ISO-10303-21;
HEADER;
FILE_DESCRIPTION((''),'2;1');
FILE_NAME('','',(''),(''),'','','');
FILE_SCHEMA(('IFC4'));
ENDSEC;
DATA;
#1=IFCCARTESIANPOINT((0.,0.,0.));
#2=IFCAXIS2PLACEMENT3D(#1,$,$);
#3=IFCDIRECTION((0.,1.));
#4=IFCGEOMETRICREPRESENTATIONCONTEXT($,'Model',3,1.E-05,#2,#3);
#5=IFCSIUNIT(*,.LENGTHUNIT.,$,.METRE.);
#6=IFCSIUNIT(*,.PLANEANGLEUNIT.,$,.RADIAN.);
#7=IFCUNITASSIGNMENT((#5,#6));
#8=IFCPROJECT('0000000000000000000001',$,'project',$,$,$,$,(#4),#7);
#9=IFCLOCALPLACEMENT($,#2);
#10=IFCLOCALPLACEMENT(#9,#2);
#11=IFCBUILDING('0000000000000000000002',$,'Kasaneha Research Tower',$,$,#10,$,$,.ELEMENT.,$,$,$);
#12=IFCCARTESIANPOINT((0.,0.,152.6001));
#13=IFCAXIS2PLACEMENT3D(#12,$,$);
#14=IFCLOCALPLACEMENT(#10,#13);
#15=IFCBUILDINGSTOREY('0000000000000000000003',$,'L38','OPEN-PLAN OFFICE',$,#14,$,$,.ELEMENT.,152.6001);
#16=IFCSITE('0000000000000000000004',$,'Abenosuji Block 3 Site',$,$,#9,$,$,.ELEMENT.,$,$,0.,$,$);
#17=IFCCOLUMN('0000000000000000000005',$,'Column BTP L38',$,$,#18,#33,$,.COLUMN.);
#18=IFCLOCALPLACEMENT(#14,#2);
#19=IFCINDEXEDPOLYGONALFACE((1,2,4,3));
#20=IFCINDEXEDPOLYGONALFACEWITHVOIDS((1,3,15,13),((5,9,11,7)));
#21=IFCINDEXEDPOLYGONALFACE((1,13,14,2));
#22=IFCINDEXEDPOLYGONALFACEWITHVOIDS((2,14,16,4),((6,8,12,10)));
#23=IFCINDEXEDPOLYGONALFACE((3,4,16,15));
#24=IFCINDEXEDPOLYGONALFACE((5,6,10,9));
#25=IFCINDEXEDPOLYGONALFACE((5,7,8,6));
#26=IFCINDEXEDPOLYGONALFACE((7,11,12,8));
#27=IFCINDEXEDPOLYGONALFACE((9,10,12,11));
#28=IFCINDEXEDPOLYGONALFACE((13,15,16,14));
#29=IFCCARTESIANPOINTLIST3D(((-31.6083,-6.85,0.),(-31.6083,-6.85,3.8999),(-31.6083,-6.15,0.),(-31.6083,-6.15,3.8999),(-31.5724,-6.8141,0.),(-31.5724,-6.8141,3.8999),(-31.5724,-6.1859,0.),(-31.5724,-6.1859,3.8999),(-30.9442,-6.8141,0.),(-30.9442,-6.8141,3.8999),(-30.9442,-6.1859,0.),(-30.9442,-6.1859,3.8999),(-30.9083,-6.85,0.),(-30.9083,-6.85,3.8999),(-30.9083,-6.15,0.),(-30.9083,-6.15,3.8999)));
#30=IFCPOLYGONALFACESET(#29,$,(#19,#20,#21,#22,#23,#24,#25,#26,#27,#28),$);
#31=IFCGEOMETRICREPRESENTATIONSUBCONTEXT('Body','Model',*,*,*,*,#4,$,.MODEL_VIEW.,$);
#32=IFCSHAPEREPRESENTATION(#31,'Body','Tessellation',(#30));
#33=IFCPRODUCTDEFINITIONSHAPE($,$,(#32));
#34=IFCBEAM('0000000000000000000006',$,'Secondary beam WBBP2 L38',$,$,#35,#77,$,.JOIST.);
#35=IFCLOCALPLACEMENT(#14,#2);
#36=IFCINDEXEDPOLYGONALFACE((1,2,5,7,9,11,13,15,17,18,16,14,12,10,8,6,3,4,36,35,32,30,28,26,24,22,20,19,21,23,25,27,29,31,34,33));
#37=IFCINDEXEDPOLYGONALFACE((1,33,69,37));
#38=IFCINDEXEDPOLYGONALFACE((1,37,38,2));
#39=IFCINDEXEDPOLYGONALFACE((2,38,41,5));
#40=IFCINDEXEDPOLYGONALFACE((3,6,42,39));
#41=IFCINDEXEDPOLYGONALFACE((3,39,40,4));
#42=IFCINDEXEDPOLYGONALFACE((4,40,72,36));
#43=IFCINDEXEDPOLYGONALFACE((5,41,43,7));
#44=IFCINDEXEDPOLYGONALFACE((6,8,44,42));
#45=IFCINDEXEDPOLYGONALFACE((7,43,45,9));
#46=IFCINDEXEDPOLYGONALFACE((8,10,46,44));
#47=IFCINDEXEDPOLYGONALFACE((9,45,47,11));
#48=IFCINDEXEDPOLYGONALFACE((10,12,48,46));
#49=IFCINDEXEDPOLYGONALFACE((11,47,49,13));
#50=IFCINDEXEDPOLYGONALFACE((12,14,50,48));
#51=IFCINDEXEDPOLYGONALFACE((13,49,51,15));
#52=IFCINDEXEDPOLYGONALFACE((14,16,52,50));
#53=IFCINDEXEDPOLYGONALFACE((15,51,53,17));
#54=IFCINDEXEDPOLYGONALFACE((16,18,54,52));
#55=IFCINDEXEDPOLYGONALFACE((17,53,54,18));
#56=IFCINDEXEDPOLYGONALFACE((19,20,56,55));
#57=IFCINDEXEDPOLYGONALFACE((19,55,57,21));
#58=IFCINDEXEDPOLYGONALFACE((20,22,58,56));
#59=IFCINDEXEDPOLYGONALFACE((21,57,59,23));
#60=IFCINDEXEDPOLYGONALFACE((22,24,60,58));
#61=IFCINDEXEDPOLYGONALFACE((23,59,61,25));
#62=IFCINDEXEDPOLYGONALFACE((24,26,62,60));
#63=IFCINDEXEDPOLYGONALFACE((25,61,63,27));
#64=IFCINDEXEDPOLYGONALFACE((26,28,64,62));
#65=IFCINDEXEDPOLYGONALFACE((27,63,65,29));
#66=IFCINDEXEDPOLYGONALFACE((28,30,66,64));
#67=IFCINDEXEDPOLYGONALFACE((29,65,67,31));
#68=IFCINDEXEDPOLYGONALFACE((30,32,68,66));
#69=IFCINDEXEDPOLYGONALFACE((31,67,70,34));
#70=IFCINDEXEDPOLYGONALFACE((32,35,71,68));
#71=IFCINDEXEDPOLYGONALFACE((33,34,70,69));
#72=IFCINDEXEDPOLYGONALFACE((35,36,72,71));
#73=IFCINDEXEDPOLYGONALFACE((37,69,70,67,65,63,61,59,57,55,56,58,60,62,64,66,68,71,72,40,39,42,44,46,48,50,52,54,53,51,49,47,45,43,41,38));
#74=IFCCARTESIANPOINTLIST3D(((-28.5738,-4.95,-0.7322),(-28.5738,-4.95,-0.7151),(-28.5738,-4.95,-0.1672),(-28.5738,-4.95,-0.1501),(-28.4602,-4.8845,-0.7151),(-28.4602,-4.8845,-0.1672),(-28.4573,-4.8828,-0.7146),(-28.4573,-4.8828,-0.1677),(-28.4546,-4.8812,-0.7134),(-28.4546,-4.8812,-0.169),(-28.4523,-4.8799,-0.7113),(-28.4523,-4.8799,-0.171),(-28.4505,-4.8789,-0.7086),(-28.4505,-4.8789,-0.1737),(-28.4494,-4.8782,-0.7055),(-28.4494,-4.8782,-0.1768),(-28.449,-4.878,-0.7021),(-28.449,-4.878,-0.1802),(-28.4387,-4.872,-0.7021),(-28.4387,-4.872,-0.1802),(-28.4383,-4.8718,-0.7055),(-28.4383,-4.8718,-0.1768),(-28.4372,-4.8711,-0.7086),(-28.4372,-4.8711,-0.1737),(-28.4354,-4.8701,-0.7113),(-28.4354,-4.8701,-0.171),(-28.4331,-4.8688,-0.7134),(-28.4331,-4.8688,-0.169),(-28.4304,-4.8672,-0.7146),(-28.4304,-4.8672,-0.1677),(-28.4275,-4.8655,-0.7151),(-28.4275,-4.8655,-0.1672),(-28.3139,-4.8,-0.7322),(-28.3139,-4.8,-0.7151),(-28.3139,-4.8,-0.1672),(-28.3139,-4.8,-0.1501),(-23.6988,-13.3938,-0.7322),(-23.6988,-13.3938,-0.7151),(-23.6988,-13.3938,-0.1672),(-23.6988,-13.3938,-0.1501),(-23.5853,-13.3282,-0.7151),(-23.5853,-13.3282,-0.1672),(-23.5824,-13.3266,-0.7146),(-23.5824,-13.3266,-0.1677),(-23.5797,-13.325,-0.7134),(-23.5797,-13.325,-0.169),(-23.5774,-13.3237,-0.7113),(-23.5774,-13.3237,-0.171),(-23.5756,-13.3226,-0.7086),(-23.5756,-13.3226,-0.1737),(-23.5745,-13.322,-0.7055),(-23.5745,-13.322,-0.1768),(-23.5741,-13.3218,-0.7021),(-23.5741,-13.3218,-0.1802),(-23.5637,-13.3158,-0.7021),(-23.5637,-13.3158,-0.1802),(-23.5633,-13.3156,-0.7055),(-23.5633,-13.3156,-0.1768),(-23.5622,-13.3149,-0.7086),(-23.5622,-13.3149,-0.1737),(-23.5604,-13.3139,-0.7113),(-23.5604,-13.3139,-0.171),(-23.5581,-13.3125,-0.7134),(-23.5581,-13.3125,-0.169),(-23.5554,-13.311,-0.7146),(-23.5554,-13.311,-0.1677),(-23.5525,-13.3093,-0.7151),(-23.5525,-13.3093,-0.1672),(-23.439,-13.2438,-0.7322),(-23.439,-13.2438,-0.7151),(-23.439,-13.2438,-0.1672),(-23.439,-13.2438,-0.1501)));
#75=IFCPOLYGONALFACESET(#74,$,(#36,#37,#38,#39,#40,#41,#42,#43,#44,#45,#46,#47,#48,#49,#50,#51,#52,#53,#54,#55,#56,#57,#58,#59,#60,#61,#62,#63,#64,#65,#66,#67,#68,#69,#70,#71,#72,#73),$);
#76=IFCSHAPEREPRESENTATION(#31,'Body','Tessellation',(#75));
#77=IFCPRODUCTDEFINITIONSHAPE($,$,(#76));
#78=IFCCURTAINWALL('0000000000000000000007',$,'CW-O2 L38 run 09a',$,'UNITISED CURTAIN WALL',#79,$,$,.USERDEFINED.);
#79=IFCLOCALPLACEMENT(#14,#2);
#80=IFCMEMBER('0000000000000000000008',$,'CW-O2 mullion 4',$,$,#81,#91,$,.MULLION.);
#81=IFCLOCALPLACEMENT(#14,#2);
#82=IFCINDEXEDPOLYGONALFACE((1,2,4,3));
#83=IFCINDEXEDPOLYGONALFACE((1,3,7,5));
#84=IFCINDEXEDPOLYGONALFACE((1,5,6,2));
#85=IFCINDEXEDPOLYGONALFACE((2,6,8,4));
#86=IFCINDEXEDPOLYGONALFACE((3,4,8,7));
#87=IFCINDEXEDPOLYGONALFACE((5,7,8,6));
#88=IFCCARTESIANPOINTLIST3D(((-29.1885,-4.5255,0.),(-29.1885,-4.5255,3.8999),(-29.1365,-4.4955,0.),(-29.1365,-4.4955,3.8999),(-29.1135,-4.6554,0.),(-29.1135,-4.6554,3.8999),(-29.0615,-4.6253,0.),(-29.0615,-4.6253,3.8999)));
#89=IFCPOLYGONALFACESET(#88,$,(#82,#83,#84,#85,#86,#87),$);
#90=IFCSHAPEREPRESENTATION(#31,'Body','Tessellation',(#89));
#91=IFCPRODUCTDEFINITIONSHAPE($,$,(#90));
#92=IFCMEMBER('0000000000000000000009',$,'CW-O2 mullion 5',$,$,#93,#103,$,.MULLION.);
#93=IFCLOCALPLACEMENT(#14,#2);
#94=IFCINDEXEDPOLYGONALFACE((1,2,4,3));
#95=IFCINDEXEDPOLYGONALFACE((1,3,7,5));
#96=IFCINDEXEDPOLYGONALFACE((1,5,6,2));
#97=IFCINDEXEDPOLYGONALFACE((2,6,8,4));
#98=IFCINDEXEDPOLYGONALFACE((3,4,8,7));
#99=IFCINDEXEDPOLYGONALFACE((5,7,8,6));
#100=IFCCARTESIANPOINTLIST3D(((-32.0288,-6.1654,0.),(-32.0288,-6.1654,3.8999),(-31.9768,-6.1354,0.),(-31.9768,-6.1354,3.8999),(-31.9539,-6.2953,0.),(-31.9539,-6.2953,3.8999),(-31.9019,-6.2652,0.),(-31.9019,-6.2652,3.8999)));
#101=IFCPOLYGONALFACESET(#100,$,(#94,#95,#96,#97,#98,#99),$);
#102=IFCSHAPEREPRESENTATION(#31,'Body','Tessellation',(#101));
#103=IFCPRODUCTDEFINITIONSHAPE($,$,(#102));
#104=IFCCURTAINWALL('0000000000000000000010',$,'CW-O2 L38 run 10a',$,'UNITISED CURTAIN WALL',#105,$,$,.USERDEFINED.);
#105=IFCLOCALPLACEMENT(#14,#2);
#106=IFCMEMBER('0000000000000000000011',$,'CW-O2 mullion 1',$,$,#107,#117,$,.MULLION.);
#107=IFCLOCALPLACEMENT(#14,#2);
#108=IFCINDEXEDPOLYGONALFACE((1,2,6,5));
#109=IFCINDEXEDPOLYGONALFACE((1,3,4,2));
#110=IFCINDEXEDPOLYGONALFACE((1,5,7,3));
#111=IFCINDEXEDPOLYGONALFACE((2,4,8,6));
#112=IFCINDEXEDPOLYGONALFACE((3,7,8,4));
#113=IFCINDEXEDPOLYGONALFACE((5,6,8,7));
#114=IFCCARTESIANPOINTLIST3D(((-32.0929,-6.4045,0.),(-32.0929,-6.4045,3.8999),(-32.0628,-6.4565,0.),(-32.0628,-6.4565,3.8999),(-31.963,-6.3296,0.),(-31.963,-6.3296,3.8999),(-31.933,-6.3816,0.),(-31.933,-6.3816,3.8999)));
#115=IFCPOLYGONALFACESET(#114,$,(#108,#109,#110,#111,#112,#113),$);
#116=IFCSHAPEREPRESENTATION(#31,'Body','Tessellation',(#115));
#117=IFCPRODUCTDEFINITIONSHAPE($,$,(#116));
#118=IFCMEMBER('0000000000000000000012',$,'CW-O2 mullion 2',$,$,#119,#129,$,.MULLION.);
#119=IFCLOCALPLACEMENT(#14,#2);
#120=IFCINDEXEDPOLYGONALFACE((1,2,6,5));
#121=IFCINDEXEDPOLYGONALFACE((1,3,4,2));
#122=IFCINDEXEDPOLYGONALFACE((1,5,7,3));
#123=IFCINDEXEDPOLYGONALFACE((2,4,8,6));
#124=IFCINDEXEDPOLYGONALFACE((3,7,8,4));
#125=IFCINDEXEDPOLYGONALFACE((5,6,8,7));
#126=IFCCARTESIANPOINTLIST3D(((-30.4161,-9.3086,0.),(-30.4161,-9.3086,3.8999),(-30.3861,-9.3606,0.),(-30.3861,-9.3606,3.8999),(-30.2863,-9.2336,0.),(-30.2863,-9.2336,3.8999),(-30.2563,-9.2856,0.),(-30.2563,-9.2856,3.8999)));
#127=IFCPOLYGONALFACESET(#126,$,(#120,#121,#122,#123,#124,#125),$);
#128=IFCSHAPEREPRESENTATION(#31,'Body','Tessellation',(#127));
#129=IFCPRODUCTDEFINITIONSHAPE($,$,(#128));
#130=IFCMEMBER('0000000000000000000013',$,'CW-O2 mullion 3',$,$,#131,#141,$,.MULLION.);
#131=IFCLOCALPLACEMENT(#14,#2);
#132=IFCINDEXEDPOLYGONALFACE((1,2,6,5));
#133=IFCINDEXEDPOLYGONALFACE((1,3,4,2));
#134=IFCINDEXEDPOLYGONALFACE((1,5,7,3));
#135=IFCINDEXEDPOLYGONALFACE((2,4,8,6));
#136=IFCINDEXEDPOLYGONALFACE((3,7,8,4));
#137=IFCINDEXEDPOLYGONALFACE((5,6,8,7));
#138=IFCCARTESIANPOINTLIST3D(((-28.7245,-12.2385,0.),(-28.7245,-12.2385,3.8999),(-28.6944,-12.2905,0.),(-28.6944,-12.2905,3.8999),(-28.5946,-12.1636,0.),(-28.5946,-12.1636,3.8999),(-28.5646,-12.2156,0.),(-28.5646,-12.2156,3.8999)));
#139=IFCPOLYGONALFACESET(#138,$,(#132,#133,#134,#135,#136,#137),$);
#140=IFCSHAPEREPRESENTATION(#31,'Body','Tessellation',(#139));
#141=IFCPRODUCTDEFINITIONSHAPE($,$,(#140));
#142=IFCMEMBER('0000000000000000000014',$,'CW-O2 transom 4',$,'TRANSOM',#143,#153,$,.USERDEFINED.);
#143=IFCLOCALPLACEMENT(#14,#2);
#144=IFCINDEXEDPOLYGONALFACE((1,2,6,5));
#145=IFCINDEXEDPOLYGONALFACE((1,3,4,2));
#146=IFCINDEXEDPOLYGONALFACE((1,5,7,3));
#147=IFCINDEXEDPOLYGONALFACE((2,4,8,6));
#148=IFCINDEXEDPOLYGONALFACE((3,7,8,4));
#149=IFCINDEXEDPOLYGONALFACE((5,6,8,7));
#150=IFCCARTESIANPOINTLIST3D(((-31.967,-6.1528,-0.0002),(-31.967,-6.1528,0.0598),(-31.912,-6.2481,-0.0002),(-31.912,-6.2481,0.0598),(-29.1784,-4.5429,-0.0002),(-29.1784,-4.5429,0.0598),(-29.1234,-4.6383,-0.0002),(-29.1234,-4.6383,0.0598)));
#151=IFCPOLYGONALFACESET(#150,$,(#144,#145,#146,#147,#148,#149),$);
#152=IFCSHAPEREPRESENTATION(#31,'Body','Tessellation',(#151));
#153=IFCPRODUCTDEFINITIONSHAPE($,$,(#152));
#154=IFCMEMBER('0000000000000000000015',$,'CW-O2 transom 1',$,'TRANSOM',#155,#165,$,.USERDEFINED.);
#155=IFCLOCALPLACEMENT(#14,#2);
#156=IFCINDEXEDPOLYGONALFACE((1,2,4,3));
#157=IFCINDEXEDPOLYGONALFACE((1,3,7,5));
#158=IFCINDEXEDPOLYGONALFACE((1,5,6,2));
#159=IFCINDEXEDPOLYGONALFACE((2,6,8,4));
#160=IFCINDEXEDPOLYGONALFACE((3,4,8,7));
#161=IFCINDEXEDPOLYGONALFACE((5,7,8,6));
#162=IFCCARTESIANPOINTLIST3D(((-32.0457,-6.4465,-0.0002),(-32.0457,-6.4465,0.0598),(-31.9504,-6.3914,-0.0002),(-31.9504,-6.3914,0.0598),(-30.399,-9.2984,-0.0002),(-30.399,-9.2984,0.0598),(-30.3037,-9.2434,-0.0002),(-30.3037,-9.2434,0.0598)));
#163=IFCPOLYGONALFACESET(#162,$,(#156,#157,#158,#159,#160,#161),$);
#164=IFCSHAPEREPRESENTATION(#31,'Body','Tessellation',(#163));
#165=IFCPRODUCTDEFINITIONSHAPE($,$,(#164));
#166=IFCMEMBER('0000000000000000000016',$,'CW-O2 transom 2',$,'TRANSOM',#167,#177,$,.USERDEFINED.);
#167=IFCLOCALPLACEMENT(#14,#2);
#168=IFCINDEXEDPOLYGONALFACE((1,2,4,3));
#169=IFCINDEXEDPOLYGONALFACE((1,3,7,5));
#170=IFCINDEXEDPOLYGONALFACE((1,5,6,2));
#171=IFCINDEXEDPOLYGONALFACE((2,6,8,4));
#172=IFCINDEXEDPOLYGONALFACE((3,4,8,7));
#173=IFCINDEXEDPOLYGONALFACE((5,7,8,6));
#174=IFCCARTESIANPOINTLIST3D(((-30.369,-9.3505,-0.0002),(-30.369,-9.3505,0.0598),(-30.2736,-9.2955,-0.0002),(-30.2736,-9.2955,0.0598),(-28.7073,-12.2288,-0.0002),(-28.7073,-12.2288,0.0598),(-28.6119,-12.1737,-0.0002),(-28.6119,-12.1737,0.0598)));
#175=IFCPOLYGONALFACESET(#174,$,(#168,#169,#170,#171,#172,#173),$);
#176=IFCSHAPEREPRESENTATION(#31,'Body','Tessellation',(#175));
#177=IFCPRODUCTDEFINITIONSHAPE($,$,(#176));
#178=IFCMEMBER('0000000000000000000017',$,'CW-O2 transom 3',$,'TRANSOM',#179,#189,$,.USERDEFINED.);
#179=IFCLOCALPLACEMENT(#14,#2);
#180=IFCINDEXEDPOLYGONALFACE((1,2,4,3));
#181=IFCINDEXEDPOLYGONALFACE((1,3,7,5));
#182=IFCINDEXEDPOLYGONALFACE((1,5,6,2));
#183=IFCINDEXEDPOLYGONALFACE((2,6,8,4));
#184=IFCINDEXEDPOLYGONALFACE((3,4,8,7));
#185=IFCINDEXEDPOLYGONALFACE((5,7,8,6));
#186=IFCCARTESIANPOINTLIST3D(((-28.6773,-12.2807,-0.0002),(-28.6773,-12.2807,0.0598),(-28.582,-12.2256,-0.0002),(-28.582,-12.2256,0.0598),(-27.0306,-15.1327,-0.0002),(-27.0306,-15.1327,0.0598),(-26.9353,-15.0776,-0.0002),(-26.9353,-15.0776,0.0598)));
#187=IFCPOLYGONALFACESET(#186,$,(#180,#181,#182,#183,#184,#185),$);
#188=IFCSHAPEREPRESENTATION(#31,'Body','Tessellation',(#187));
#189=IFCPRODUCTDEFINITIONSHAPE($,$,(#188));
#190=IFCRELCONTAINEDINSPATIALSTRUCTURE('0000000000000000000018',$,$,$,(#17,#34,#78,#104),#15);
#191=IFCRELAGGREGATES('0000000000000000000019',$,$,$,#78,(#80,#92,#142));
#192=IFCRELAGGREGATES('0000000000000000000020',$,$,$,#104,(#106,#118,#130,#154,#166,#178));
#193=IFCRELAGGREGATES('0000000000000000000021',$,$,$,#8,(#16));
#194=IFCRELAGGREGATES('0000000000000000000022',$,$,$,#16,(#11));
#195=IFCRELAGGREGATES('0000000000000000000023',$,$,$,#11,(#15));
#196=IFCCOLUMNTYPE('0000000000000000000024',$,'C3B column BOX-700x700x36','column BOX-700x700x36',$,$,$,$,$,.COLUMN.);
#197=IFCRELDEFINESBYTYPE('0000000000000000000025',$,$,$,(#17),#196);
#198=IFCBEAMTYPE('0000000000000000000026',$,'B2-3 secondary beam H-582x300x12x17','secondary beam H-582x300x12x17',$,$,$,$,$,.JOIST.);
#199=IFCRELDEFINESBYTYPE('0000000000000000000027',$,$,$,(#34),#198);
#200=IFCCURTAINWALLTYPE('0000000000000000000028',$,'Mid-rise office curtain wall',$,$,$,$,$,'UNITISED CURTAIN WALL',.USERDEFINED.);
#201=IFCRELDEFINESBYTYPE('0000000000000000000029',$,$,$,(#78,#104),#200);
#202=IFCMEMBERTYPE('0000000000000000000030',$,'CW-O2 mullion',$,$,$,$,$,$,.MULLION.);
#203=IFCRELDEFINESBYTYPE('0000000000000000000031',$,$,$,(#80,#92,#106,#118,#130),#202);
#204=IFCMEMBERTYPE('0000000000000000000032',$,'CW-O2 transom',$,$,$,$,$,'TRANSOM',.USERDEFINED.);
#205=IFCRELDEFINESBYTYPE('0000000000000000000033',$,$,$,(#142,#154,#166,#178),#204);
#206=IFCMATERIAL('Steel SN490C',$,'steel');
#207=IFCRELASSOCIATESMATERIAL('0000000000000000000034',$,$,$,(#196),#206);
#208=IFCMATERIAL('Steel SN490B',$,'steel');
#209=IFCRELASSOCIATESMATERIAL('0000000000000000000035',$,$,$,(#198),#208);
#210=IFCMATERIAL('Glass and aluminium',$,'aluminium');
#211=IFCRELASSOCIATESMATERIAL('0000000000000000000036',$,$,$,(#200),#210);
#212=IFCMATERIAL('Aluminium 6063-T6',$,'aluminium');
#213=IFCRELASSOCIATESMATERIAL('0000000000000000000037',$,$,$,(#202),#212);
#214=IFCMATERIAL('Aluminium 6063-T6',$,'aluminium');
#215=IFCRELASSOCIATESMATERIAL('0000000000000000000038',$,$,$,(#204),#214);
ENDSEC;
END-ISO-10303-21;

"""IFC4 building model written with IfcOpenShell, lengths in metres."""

from ifc_helpers import new_model, si_unit, direction, frame, origin, origin_2d, place, context, subcontext, project, spatial, rectangle, hollow_rectangle, i_section, extrude, material, material_profile, profile_set, type_object, element, aggregate, save


model = new_model("IFC4")

# Units and contexts
model_context = context("Model", 3, precision=1e-05, world=origin(), true_north=direction((0.0, 1.0)))
body_context = subcontext(model_context, "Body", "Model", "MODEL_VIEW")
ifc_project = project(units=[si_unit("LENGTHUNIT", "METRE"), si_unit("PLANEANGLEUNIT", "RADIAN")], contexts=[model_context])

# Site, building, storey
site_placement = place(None, origin())
site = spatial("IfcSite", under=ifc_project, at=site_placement, Name="Abenosuji Block 3 Site", CompositionType="ELEMENT", RefElevation=0.0)
building_placement = place(site_placement, origin())
building = spatial("IfcBuilding", under=site, at=building_placement, Name="Kasaneha Research Tower", CompositionType="ELEMENT")
storey_placement = place(building_placement, frame((0.0, 0.0, 152.6001)))
storey = spatial("IfcBuildingStorey", under=building, at=storey_placement, Name="L38", Description="OPEN-PLAN OFFICE", CompositionType="ELEMENT", Elevation=152.6001)

# Column
ifc_material_1 = material(Name="Steel SN490C", Category="steel")
ifc_material_profile_1 = material_profile(ifc_material_1, hollow_rectangle(XDim=0.7, YDim=0.7, WallThickness=0.0359, at=origin_2d()), Name="BOX-700x700x36")
ifc_profile_set_1 = profile_set([ifc_material_profile_1], Name="Steel SN490C")
column_type = type_object("IfcColumnType", Name="C3B column BOX-700x700x36", Description="column BOX-700x700x36", PredefinedType="COLUMN", material=ifc_profile_set_1)
column_placement = place(storey_placement, frame((-31.2583, -6.5, 0.0), z_axis=(0.0, 0.0, 1.0), x_axis=(1.0, 0.0, 0.0)))
element("IfcColumn", 1, at=column_placement, inside=storey, type_object=column_type, Name="Column BTP L38", PredefinedType="COLUMN", context=body_context, shape_type="SweptSolid", body=[
    extrude(hollow_rectangle(XDim=0.7, YDim=0.7, WallThickness=0.0359, at=origin_2d()), origin(), (0.0, 0.0, 1.0), 3.8999),
])

# Beam
ifc_material_2 = material(Name="Steel SN490B", Category="steel")
ifc_material_profile_2 = material_profile(ifc_material_2, i_section(OverallWidth=0.3, OverallDepth=0.582, WebThickness=0.012, FlangeThickness=0.0171, FilletRadius=0.0129, at=origin_2d()), Name="H-582x300x12x17")
ifc_profile_set_2 = profile_set([ifc_material_profile_2], Name="Steel SN490B")
beam_type_1 = type_object("IfcBeamType", Name="B2-3 secondary beam H-582x300x12x17", Description="secondary beam H-582x300x12x17", PredefinedType="JOIST", material=ifc_profile_set_2)
beam_1_placement = place(storey_placement, frame((-28.4438, -4.875, -0.4412), z_axis=(0.499996, -0.866028, 0.0), x_axis=(0.866028, 0.499996, 0.0)))
element("IfcBeam", 2, at=beam_1_placement, inside=storey, type_object=beam_type_1, Name="Secondary beam WBBP2 L38", PredefinedType="JOIST", context=body_context, shape_type="SweptSolid", body=[
    extrude(i_section(OverallWidth=0.3, OverallDepth=0.582, WebThickness=0.012, FlangeThickness=0.0171, FilletRadius=0.0129, at=origin_2d()), origin(), (0.0, 0.0, 1.0), 9.75),
])

# Curtain walls, members
ifc_material_3 = material(Name="Glass and aluminium", Category="aluminium")
curtain_wall_type = type_object("IfcCurtainWallType", Name="Mid-rise office curtain wall", ElementType="UNITISED CURTAIN WALL", PredefinedType="USERDEFINED", material=ifc_material_3)
curtain_wall_1_placement = place(storey_placement, origin())
curtain_wall_1 = element("IfcCurtainWall", 3, at=curtain_wall_1_placement, inside=storey, type_object=curtain_wall_type, Name="CW-O2 L38 run 09a", ObjectType="UNITISED CURTAIN WALL", PredefinedType="USERDEFINED")
ifc_material_4 = material(Name="Aluminium 6063-T6", Category="aluminium")
ifc_material_profile_3 = material_profile(ifc_material_4, rectangle(XDim=0.0601, YDim=0.1499, at=origin_2d()), Name="CW-O2 mullion 60x150")
ifc_profile_set_3 = profile_set([ifc_material_profile_3], Name="Aluminium 6063-T6")
member_type_1 = type_object("IfcMemberType", Name="CW-O2 mullion", PredefinedType="MULLION", material=ifc_profile_set_3)
member_1_placement = place(storey_placement, frame((-29.125, -4.5754, 0.0), z_axis=(0.0, 0.0, 1.0), x_axis=(-0.866025, -0.5, 0.0)))
member_1 = element("IfcMember", 4, at=member_1_placement, type_object=member_type_1, Name="CW-O2 mullion 4", PredefinedType="MULLION", context=body_context, shape_type="SweptSolid", body=[
    extrude(rectangle(XDim=0.0601, YDim=0.1499, at=origin_2d()), origin(), (0.0, 0.0, 1.0), 3.8999),
])
member_2_placement = place(storey_placement, frame((-31.9653, -6.2153, 0.0), z_axis=(0.0, 0.0, 1.0), x_axis=(-0.866025, -0.5, 0.0)))
member_2 = element("IfcMember", 5, at=member_2_placement, type_object=member_type_1, Name="CW-O2 mullion 5", PredefinedType="MULLION", context=body_context, shape_type="SweptSolid", body=[
    extrude(rectangle(XDim=0.0601, YDim=0.1499, at=origin_2d()), origin(), (0.0, 0.0, 1.0), 3.8999),
])
curtain_wall_2_placement = place(storey_placement, origin())
curtain_wall_2 = element("IfcCurtainWall", 6, at=curtain_wall_2_placement, inside=storey, type_object=curtain_wall_type, Name="CW-O2 L38 run 10a", ObjectType="UNITISED CURTAIN WALL", PredefinedType="USERDEFINED")
member_3_placement = place(storey_placement, frame((-32.0129, -6.3931, 0.0), z_axis=(0.0, 0.0, 1.0), x_axis=(0.5, -0.866025, 0.0)))
member_3 = element("IfcMember", 7, at=member_3_placement, type_object=member_type_1, Name="CW-O2 mullion 1", PredefinedType="MULLION", context=body_context, shape_type="SweptSolid", body=[
    extrude(rectangle(XDim=0.0601, YDim=0.1499, at=origin_2d()), origin(), (0.0, 0.0, 1.0), 3.8999),
])
member_4_placement = place(storey_placement, frame((-30.3362, -9.2971, 0.0), z_axis=(0.0, 0.0, 1.0), x_axis=(0.5, -0.866025, 0.0)))
member_4 = element("IfcMember", 8, at=member_4_placement, type_object=member_type_1, Name="CW-O2 mullion 2", PredefinedType="MULLION", context=body_context, shape_type="SweptSolid", body=[
    extrude(rectangle(XDim=0.0601, YDim=0.1499, at=origin_2d()), origin(), (0.0, 0.0, 1.0), 3.8999),
])
member_5_placement = place(storey_placement, frame((-28.6445, -12.2271, 0.0), z_axis=(0.0, 0.0, 1.0), x_axis=(0.5, -0.866025, 0.0)))
member_5 = element("IfcMember", 9, at=member_5_placement, type_object=member_type_1, Name="CW-O2 mullion 3", PredefinedType="MULLION", context=body_context, shape_type="SweptSolid", body=[
    extrude(rectangle(XDim=0.0601, YDim=0.1499, at=origin_2d()), origin(), (0.0, 0.0, 1.0), 3.8999),
])

# Members
ifc_material_5 = material(Name="Aluminium 6063-T6", Category="aluminium")
ifc_material_profile_4 = material_profile(ifc_material_5, rectangle(XDim=0.1101, YDim=0.0601, at=origin_2d()), Name="CW-O2 transom 110x60")
ifc_profile_set_4 = profile_set([ifc_material_profile_4], Name="Aluminium 6063-T6")
member_type_2 = type_object("IfcMemberType", Name="CW-O2 transom", ElementType="TRANSOM", PredefinedType="USERDEFINED", material=ifc_profile_set_4)
member_6_placement = place(storey_placement, frame((-29.1509, -4.5906, 0.0298), z_axis=(-0.866042, -0.499972, 0.0), x_axis=(0.499972, -0.866042, 0.0)))
member_6 = element("IfcMember", 10, at=member_6_placement, type_object=member_type_2, Name="CW-O2 transom 4", ObjectType="TRANSOM", PredefinedType="USERDEFINED", context=body_context, shape_type="SweptSolid", body=[
    extrude(rectangle(XDim=0.1101, YDim=0.0601, at=origin_2d()), origin(), (0.0, 0.0, 1.0), 3.22),
])
member_7_placement = place(storey_placement, frame((-31.998, -6.4189, 0.0298), z_axis=(0.500022, -0.866013, 0.0), x_axis=(0.866013, 0.500022, 0.0)))
member_7 = element("IfcMember", 11, at=member_7_placement, type_object=member_type_2, Name="CW-O2 transom 1", ObjectType="TRANSOM", PredefinedType="USERDEFINED", context=body_context, shape_type="SweptSolid", body=[
    extrude(rectangle(XDim=0.1101, YDim=0.0601, at=origin_2d()), origin(), (0.0, 0.0, 1.0), 3.2932),
])
member_8_placement = place(storey_placement, frame((-30.3213, -9.323, 0.0298), z_axis=(0.499979, -0.866038, 0.0), x_axis=(0.866038, 0.499979, 0.0)))
member_8 = element("IfcMember", 12, at=member_8_placement, type_object=member_type_2, Name="CW-O2 transom 2", ObjectType="TRANSOM", PredefinedType="USERDEFINED", context=body_context, shape_type="SweptSolid", body=[
    extrude(rectangle(XDim=0.1101, YDim=0.0601, at=origin_2d()), origin(), (0.0, 0.0, 1.0), 3.3235),
])
member_9_placement = place(storey_placement, frame((-28.6296, -12.2532, 0.0298), z_axis=(0.500022, -0.866013, 0.0), x_axis=(0.866013, 0.500022, 0.0)))
member_9 = element("IfcMember", 13, at=member_9_placement, type_object=member_type_2, Name="CW-O2 transom 3", ObjectType="TRANSOM", PredefinedType="USERDEFINED", context=body_context, shape_type="SweptSolid", body=[
    extrude(rectangle(XDim=0.1101, YDim=0.0601, at=origin_2d()), origin(), (0.0, 0.0, 1.0), 3.2932),
])

aggregate(curtain_wall_1, [member_1, member_2, member_6])
aggregate(curtain_wall_2, [member_3, member_4, member_5, member_7, member_8, member_9])

save(model, "model.ifc")
